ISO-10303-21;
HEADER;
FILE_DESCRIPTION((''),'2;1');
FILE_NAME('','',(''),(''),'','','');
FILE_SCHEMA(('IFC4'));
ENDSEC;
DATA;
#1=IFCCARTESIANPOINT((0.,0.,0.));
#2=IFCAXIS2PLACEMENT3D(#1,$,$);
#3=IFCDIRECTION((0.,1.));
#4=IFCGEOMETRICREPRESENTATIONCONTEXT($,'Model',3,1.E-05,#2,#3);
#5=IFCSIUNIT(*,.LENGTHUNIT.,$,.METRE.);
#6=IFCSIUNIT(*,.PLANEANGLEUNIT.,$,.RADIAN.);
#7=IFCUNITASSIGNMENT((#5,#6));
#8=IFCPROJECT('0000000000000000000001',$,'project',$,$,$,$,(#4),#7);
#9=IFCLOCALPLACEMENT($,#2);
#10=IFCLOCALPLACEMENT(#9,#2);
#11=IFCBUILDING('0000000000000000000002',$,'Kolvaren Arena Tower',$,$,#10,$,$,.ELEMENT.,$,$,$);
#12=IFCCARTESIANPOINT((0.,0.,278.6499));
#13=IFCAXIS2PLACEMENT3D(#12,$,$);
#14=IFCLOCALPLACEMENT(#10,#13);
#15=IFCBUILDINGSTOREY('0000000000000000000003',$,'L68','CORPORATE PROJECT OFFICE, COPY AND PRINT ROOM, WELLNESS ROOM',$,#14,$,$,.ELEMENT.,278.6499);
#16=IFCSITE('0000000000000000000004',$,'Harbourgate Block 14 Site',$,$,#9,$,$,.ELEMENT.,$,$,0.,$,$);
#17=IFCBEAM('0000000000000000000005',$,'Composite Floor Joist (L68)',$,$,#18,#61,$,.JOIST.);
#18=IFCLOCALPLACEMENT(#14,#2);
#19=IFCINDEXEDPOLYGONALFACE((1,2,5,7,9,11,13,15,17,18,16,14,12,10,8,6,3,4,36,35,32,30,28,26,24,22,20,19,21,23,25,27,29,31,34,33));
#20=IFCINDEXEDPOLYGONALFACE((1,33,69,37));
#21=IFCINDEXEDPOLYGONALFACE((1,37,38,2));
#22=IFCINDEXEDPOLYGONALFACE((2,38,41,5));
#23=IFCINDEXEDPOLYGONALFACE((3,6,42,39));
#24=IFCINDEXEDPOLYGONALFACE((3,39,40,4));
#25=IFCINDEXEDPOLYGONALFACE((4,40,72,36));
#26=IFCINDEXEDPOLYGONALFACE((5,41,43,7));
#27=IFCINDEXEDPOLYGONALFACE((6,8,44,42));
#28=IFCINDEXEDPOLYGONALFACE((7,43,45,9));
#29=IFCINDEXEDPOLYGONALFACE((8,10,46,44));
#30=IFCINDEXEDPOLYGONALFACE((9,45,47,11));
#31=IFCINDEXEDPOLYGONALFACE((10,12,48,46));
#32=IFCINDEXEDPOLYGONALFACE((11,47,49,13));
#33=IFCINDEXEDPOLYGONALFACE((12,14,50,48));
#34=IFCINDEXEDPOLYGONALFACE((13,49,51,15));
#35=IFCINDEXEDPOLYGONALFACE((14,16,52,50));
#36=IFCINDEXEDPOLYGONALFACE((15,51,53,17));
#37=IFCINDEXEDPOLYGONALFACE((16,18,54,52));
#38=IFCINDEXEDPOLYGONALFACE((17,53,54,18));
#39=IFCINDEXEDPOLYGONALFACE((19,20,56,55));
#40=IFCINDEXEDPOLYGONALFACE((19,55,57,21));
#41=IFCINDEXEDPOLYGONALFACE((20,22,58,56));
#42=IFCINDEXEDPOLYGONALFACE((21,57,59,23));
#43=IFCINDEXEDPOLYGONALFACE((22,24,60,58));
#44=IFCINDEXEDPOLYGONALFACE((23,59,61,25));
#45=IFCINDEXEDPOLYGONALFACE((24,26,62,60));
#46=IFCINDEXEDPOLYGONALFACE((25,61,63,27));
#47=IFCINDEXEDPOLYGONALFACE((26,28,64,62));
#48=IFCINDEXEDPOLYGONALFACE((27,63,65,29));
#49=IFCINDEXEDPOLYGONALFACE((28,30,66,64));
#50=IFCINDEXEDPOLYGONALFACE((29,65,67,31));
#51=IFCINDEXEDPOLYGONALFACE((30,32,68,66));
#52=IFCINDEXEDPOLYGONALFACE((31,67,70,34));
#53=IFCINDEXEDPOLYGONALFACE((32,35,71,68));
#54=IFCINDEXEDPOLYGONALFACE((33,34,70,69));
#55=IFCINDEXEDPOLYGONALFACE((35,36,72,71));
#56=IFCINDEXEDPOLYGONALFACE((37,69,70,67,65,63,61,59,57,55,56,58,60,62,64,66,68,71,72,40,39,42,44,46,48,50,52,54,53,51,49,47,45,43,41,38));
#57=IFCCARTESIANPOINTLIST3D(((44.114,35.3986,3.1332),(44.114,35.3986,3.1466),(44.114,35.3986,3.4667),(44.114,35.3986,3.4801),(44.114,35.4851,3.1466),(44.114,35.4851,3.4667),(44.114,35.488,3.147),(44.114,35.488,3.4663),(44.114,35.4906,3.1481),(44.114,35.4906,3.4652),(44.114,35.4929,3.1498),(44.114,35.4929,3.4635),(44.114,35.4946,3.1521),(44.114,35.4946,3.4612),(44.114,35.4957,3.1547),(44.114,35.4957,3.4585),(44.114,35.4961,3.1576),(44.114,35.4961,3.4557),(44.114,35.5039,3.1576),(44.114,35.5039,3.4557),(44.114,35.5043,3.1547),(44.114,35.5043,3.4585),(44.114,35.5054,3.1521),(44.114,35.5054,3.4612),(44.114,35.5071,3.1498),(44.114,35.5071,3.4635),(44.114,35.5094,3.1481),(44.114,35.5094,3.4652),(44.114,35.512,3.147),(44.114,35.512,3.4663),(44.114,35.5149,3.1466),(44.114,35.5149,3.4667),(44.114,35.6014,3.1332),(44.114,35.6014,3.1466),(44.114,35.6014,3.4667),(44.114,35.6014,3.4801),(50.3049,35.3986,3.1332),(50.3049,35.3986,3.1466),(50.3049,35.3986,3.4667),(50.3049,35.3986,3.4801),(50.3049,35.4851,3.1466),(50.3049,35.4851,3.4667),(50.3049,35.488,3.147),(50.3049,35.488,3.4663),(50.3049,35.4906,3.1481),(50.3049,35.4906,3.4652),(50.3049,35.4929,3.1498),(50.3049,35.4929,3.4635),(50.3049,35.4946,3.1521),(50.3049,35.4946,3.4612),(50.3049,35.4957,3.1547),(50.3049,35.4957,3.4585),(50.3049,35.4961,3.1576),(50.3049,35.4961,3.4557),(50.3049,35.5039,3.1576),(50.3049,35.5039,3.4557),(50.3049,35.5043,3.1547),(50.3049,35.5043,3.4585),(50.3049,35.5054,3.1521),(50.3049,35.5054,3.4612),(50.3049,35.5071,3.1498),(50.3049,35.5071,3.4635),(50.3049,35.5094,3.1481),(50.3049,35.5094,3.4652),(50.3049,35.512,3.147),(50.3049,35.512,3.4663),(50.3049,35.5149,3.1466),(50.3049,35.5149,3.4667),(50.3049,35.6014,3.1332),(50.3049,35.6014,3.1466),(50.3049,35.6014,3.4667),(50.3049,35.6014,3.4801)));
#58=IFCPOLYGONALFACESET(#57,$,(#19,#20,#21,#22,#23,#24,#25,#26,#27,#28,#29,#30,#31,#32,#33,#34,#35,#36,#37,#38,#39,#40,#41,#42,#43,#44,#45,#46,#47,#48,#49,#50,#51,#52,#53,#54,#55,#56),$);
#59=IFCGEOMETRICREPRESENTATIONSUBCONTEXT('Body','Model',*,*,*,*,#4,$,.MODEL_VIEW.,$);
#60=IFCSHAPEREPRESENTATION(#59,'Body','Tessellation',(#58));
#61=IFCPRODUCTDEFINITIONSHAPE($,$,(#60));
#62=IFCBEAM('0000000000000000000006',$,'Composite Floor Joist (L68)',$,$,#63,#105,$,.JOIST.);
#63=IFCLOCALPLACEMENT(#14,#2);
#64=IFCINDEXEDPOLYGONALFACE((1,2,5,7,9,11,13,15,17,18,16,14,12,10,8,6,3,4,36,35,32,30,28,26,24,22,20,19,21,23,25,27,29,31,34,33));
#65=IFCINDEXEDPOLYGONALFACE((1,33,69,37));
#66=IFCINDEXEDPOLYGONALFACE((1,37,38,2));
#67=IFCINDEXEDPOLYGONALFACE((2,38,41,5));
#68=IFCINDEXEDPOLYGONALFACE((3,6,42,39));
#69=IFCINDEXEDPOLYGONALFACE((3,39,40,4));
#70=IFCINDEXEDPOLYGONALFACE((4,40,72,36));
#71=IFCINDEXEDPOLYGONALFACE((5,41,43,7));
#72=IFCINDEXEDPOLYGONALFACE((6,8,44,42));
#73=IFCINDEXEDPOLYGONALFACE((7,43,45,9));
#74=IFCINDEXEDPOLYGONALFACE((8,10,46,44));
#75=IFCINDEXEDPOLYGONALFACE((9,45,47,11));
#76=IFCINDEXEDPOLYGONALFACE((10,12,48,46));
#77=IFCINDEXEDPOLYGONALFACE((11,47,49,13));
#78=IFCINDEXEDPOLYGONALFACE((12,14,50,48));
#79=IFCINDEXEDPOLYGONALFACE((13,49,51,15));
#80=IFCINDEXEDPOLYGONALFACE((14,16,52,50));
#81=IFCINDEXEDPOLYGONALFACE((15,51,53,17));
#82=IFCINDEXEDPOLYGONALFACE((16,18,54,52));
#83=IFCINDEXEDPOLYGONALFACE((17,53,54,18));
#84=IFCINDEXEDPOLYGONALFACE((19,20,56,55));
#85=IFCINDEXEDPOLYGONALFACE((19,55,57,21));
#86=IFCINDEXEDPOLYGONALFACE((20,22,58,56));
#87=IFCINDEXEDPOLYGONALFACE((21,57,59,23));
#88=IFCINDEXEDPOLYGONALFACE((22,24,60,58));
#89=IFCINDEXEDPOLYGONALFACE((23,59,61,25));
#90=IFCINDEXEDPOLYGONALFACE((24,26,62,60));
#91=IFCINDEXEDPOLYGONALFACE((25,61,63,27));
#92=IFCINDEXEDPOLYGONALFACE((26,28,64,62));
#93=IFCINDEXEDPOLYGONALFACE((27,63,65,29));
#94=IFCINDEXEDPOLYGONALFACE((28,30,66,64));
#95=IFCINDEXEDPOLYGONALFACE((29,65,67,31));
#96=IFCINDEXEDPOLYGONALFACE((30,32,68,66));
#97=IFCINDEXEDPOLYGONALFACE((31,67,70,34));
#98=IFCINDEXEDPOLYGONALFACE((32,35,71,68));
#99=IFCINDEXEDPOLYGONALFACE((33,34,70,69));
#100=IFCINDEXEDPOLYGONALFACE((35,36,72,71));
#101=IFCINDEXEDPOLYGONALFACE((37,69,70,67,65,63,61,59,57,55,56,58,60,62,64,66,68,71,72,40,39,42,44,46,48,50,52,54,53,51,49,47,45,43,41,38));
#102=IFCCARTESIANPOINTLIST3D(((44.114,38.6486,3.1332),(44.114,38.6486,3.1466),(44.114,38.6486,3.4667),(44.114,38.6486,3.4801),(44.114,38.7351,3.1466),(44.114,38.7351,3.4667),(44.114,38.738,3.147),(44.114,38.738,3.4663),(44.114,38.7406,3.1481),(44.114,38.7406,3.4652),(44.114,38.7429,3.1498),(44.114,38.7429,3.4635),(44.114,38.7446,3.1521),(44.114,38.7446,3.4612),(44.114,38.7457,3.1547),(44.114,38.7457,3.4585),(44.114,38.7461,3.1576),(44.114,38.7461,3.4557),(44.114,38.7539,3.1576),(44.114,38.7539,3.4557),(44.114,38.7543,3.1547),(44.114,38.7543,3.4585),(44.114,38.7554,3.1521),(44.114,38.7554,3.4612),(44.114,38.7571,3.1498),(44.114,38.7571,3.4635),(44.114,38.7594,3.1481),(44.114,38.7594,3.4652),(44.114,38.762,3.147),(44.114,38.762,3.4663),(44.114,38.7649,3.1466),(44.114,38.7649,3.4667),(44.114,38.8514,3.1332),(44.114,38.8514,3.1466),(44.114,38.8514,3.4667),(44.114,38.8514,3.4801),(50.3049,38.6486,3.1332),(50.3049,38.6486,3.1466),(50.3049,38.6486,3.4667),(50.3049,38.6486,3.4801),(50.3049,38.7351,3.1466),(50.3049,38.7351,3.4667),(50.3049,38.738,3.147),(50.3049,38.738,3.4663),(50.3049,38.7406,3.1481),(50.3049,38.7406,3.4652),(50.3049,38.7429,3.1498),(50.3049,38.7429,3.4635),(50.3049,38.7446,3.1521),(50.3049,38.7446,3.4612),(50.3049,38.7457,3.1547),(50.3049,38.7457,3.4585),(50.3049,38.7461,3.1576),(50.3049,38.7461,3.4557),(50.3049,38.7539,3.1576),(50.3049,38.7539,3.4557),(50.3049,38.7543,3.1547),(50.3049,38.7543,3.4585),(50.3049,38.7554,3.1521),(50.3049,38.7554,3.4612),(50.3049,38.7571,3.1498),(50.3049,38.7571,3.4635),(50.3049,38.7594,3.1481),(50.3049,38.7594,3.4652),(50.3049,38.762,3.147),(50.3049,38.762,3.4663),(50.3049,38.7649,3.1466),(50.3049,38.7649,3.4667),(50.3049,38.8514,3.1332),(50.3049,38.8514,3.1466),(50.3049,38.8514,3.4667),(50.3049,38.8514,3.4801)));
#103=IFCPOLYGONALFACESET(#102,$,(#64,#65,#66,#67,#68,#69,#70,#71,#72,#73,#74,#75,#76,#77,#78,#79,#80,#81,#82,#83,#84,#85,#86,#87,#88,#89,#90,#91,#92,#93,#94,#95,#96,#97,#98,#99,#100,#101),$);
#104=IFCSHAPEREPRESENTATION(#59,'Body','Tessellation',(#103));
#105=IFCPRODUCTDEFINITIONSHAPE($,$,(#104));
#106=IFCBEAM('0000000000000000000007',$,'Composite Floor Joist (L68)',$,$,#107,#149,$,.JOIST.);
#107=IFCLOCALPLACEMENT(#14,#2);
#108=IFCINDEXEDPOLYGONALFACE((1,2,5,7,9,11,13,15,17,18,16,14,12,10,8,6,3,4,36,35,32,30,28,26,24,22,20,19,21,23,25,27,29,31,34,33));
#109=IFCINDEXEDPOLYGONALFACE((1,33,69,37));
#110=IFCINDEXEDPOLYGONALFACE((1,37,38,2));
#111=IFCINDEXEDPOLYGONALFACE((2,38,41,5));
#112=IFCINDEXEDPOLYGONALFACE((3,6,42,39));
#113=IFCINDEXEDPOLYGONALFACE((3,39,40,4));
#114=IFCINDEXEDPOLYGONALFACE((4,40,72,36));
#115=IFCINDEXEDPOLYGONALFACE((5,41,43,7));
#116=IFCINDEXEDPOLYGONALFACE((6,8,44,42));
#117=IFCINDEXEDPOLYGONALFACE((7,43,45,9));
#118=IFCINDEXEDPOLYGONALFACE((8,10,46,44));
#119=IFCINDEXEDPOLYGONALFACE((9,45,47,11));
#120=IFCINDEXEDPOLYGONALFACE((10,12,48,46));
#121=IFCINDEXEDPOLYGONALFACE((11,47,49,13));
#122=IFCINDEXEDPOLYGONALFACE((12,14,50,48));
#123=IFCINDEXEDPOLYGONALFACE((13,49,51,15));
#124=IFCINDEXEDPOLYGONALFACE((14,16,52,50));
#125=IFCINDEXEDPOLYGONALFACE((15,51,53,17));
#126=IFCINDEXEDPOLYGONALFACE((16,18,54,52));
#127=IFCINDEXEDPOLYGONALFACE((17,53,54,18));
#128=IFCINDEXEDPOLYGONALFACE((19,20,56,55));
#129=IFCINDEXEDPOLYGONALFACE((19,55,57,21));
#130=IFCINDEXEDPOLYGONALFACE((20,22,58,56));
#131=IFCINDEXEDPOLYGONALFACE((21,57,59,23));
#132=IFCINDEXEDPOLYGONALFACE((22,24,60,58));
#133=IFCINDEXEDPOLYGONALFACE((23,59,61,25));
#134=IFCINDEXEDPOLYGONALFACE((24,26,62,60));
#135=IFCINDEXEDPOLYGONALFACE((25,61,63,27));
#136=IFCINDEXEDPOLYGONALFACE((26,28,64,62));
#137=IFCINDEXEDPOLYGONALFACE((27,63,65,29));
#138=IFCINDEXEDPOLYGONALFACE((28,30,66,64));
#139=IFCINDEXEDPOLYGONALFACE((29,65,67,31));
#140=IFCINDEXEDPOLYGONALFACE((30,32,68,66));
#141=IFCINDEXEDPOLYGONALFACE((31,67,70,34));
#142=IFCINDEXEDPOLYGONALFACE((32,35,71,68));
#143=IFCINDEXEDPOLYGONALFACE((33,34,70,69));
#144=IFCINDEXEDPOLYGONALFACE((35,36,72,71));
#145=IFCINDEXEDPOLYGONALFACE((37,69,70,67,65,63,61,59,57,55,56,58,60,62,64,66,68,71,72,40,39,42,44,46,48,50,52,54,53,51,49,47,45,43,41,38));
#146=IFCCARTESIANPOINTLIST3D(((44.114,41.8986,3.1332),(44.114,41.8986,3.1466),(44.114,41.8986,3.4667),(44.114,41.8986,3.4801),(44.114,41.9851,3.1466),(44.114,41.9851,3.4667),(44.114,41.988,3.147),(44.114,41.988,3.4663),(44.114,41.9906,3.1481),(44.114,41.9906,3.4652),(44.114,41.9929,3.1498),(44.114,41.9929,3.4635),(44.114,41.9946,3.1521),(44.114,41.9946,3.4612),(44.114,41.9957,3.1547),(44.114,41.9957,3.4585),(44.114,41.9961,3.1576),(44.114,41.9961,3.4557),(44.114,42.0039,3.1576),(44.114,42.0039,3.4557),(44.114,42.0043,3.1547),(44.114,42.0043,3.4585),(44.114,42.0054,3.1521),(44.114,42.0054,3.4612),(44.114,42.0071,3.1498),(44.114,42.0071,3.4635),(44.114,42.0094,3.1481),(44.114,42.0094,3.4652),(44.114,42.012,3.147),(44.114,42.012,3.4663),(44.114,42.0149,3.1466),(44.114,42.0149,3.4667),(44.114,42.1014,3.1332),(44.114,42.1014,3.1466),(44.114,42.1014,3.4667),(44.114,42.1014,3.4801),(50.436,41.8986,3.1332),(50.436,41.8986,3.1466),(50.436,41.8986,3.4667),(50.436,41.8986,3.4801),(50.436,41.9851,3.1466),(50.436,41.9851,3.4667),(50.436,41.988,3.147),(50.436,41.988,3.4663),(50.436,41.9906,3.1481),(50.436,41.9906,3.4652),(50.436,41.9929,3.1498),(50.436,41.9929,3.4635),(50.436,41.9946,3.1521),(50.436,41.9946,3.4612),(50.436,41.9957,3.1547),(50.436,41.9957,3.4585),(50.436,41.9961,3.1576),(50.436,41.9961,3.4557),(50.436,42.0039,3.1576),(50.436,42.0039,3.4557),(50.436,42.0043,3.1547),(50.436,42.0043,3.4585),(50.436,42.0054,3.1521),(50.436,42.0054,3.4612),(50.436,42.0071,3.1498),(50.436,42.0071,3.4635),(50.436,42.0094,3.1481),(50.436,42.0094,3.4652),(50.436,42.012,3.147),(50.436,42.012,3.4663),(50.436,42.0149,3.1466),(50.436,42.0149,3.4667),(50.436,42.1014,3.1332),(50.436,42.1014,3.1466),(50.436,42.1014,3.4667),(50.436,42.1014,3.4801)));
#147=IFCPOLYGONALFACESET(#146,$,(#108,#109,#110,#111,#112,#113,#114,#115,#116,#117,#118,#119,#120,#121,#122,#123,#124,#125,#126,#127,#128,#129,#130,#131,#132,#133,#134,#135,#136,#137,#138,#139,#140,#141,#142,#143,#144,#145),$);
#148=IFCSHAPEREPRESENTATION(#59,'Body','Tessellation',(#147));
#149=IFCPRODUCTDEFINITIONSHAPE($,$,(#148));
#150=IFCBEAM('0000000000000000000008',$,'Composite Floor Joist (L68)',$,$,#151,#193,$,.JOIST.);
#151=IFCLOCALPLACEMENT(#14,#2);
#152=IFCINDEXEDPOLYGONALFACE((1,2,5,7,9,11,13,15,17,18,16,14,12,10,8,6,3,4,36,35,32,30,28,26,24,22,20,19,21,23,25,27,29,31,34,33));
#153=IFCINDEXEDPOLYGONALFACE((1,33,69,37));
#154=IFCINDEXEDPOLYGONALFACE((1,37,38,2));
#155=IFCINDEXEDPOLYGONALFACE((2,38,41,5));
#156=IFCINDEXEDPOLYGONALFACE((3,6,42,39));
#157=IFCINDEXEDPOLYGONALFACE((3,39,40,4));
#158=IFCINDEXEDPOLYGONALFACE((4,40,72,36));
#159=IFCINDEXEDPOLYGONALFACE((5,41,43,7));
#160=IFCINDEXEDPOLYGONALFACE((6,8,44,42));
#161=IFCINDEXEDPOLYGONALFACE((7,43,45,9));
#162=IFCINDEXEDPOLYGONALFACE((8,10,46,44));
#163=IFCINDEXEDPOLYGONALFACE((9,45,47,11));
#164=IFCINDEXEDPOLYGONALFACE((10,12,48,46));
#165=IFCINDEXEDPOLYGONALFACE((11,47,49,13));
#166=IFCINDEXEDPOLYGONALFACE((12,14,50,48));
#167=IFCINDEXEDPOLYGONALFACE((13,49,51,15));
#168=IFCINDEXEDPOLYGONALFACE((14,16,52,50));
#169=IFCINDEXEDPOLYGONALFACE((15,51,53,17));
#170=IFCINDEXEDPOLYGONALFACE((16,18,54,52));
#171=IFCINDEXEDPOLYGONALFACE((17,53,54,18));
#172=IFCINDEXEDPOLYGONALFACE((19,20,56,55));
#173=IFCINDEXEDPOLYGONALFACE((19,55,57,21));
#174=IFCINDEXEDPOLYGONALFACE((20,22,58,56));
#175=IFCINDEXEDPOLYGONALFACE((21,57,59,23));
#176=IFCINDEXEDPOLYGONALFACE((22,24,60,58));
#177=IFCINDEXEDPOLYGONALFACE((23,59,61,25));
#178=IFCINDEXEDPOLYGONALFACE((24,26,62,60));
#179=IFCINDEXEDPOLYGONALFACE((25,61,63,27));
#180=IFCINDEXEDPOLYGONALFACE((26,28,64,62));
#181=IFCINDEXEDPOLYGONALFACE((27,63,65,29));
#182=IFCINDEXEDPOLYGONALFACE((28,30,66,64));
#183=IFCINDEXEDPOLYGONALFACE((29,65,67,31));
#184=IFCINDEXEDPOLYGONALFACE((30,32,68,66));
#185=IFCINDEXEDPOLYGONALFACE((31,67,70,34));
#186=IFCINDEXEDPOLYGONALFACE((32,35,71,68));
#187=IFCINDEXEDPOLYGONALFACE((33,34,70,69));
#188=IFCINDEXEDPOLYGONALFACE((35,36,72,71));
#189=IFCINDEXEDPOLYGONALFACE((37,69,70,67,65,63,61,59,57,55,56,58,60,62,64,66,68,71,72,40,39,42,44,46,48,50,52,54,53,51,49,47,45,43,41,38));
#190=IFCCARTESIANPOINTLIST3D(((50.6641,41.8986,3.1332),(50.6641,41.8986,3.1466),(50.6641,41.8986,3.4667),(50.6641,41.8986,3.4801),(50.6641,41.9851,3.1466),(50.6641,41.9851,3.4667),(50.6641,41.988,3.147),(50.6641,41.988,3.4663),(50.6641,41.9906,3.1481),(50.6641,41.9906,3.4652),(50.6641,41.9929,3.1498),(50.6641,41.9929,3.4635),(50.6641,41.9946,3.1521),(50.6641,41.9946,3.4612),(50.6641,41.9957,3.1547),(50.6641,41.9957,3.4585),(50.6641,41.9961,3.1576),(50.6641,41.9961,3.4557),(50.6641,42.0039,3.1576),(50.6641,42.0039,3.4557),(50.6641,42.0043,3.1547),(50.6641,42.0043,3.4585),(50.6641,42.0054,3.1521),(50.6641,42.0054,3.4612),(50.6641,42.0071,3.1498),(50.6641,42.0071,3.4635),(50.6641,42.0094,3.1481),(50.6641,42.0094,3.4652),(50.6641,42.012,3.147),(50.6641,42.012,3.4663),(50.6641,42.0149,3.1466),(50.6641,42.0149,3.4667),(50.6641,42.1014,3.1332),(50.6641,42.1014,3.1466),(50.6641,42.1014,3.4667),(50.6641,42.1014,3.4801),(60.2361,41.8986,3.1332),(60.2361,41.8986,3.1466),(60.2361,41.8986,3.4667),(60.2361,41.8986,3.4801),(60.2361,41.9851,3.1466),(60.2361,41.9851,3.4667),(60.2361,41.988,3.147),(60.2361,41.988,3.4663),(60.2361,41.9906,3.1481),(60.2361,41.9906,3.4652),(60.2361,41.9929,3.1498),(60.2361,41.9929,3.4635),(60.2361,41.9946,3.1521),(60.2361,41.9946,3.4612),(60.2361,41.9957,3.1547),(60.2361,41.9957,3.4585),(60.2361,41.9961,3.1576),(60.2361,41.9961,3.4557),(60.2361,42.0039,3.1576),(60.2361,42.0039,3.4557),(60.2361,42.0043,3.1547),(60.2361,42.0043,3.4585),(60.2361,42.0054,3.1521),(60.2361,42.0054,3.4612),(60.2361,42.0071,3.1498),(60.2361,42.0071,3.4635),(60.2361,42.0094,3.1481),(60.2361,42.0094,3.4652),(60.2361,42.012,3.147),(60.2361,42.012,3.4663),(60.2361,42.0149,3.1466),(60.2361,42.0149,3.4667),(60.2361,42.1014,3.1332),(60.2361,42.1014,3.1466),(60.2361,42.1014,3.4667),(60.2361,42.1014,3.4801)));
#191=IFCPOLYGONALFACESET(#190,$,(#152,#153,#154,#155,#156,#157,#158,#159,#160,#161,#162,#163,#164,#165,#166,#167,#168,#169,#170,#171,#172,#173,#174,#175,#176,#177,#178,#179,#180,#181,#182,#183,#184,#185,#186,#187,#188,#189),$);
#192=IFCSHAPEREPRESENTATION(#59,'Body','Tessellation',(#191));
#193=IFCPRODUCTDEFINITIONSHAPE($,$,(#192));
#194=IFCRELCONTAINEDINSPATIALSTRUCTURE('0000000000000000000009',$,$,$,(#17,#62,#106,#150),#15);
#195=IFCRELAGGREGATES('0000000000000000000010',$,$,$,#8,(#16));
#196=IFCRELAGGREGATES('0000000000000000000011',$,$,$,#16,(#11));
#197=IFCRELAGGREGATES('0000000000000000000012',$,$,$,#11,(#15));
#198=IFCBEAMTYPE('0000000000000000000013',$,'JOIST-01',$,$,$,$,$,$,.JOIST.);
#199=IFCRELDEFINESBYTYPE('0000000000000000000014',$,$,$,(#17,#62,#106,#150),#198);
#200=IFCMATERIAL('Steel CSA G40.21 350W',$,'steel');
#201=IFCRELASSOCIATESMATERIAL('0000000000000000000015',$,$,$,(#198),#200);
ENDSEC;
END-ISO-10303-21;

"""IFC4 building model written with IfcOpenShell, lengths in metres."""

from ifc_helpers import new_model, si_unit, direction, frame, origin, origin_2d, place, context, subcontext, project, spatial, i_section, extrude, material, material_profile, profile_set, type_object, element, save


model = new_model("IFC4")

# Units and contexts
model_context = context("Model", 3, precision=1e-05, world=origin(), true_north=direction((0.0, 1.0)))
body_context = subcontext(model_context, "Body", "Model", "MODEL_VIEW")
ifc_project = project(units=[si_unit("LENGTHUNIT", "METRE"), si_unit("PLANEANGLEUNIT", "RADIAN")], contexts=[model_context])

# Site, building, storey
site_placement = place(None, origin())
site = spatial("IfcSite", under=ifc_project, at=site_placement, Name="Harbourgate Block 14 Site", CompositionType="ELEMENT", RefElevation=0.0)
building_placement = place(site_placement, origin())
building = spatial("IfcBuilding", under=site, at=building_placement, Name="Kolvaren Arena Tower", CompositionType="ELEMENT")
storey_placement = place(building_placement, frame((0.0, 0.0, 278.6499)))
storey = spatial("IfcBuildingStorey", under=building, at=storey_placement, Name="L68", Description="CORPORATE PROJECT OFFICE, COPY AND PRINT ROOM, WELLNESS ROOM", CompositionType="ELEMENT", Elevation=278.6499)

# Beams
ifc_material_1 = material(Name="Steel CSA G40.21 350W", Category="steel")
ifc_material_profile_1 = material_profile(ifc_material_1, i_section(OverallWidth=0.2029, OverallDepth=0.3469, WebThickness=0.0078, FlangeThickness=0.0134, FilletRadius=0.011, at=origin_2d()), Name="W360x64")
ifc_profile_set_1 = profile_set([ifc_material_profile_1], Name="Steel CSA G40.21 350W")
beam_type_1 = type_object("IfcBeamType", Name="JOIST-01", PredefinedType="JOIST", material=ifc_profile_set_1)
for number, where, z_axis, x_axis, name in (
    (1, (44.114, 35.5, 3.3066), (1.0, 0.0, 0.0), (0.0, 1.0, 0.0), "Composite Floor Joist (L68)"),
    (2, (44.114, 38.75, 3.3066), (1.0, 0.0, 0.0), (0.0, 1.0, 0.0), "Composite Floor Joist (L68)"),
):
    element("IfcBeam", number, at=place(storey_placement, frame(where, z_axis=z_axis, x_axis=x_axis)), inside=storey, type_object=beam_type_1, Name=name, PredefinedType="JOIST", context=body_context, shape_type="SweptSolid", body=[
        extrude(i_section(OverallWidth=0.2029, OverallDepth=0.3469, WebThickness=0.0078, FlangeThickness=0.0134, FilletRadius=0.011, at=origin_2d()), origin(), (0.0, 0.0, 1.0), 6.1909),
    ])
beam_1_placement = place(storey_placement, frame((44.114, 42.0, 3.3066), z_axis=(1.0, 0.0, 0.0), x_axis=(0.0, 1.0, 0.0)))
element("IfcBeam", 3, at=beam_1_placement, inside=storey, type_object=beam_type_1, Name="Composite Floor Joist (L68)", PredefinedType="JOIST", context=body_context, shape_type="SweptSolid", body=[
    extrude(i_section(OverallWidth=0.2029, OverallDepth=0.3469, WebThickness=0.0078, FlangeThickness=0.0134, FilletRadius=0.011, at=origin_2d()), origin(), (0.0, 0.0, 1.0), 6.322),
])
beam_2_placement = place(storey_placement, frame((50.6641, 42.0, 3.3066), z_axis=(1.0, 0.0, 0.0), x_axis=(0.0, 1.0, 0.0)))
element("IfcBeam", 4, at=beam_2_placement, inside=storey, type_object=beam_type_1, Name="Composite Floor Joist (L68)", PredefinedType="JOIST", context=body_context, shape_type="SweptSolid", body=[
    extrude(i_section(OverallWidth=0.2029, OverallDepth=0.3469, WebThickness=0.0078, FlangeThickness=0.0134, FilletRadius=0.011, at=origin_2d()), origin(), (0.0, 0.0, 1.0), 9.572),
])

save(model, "model.ifc")
